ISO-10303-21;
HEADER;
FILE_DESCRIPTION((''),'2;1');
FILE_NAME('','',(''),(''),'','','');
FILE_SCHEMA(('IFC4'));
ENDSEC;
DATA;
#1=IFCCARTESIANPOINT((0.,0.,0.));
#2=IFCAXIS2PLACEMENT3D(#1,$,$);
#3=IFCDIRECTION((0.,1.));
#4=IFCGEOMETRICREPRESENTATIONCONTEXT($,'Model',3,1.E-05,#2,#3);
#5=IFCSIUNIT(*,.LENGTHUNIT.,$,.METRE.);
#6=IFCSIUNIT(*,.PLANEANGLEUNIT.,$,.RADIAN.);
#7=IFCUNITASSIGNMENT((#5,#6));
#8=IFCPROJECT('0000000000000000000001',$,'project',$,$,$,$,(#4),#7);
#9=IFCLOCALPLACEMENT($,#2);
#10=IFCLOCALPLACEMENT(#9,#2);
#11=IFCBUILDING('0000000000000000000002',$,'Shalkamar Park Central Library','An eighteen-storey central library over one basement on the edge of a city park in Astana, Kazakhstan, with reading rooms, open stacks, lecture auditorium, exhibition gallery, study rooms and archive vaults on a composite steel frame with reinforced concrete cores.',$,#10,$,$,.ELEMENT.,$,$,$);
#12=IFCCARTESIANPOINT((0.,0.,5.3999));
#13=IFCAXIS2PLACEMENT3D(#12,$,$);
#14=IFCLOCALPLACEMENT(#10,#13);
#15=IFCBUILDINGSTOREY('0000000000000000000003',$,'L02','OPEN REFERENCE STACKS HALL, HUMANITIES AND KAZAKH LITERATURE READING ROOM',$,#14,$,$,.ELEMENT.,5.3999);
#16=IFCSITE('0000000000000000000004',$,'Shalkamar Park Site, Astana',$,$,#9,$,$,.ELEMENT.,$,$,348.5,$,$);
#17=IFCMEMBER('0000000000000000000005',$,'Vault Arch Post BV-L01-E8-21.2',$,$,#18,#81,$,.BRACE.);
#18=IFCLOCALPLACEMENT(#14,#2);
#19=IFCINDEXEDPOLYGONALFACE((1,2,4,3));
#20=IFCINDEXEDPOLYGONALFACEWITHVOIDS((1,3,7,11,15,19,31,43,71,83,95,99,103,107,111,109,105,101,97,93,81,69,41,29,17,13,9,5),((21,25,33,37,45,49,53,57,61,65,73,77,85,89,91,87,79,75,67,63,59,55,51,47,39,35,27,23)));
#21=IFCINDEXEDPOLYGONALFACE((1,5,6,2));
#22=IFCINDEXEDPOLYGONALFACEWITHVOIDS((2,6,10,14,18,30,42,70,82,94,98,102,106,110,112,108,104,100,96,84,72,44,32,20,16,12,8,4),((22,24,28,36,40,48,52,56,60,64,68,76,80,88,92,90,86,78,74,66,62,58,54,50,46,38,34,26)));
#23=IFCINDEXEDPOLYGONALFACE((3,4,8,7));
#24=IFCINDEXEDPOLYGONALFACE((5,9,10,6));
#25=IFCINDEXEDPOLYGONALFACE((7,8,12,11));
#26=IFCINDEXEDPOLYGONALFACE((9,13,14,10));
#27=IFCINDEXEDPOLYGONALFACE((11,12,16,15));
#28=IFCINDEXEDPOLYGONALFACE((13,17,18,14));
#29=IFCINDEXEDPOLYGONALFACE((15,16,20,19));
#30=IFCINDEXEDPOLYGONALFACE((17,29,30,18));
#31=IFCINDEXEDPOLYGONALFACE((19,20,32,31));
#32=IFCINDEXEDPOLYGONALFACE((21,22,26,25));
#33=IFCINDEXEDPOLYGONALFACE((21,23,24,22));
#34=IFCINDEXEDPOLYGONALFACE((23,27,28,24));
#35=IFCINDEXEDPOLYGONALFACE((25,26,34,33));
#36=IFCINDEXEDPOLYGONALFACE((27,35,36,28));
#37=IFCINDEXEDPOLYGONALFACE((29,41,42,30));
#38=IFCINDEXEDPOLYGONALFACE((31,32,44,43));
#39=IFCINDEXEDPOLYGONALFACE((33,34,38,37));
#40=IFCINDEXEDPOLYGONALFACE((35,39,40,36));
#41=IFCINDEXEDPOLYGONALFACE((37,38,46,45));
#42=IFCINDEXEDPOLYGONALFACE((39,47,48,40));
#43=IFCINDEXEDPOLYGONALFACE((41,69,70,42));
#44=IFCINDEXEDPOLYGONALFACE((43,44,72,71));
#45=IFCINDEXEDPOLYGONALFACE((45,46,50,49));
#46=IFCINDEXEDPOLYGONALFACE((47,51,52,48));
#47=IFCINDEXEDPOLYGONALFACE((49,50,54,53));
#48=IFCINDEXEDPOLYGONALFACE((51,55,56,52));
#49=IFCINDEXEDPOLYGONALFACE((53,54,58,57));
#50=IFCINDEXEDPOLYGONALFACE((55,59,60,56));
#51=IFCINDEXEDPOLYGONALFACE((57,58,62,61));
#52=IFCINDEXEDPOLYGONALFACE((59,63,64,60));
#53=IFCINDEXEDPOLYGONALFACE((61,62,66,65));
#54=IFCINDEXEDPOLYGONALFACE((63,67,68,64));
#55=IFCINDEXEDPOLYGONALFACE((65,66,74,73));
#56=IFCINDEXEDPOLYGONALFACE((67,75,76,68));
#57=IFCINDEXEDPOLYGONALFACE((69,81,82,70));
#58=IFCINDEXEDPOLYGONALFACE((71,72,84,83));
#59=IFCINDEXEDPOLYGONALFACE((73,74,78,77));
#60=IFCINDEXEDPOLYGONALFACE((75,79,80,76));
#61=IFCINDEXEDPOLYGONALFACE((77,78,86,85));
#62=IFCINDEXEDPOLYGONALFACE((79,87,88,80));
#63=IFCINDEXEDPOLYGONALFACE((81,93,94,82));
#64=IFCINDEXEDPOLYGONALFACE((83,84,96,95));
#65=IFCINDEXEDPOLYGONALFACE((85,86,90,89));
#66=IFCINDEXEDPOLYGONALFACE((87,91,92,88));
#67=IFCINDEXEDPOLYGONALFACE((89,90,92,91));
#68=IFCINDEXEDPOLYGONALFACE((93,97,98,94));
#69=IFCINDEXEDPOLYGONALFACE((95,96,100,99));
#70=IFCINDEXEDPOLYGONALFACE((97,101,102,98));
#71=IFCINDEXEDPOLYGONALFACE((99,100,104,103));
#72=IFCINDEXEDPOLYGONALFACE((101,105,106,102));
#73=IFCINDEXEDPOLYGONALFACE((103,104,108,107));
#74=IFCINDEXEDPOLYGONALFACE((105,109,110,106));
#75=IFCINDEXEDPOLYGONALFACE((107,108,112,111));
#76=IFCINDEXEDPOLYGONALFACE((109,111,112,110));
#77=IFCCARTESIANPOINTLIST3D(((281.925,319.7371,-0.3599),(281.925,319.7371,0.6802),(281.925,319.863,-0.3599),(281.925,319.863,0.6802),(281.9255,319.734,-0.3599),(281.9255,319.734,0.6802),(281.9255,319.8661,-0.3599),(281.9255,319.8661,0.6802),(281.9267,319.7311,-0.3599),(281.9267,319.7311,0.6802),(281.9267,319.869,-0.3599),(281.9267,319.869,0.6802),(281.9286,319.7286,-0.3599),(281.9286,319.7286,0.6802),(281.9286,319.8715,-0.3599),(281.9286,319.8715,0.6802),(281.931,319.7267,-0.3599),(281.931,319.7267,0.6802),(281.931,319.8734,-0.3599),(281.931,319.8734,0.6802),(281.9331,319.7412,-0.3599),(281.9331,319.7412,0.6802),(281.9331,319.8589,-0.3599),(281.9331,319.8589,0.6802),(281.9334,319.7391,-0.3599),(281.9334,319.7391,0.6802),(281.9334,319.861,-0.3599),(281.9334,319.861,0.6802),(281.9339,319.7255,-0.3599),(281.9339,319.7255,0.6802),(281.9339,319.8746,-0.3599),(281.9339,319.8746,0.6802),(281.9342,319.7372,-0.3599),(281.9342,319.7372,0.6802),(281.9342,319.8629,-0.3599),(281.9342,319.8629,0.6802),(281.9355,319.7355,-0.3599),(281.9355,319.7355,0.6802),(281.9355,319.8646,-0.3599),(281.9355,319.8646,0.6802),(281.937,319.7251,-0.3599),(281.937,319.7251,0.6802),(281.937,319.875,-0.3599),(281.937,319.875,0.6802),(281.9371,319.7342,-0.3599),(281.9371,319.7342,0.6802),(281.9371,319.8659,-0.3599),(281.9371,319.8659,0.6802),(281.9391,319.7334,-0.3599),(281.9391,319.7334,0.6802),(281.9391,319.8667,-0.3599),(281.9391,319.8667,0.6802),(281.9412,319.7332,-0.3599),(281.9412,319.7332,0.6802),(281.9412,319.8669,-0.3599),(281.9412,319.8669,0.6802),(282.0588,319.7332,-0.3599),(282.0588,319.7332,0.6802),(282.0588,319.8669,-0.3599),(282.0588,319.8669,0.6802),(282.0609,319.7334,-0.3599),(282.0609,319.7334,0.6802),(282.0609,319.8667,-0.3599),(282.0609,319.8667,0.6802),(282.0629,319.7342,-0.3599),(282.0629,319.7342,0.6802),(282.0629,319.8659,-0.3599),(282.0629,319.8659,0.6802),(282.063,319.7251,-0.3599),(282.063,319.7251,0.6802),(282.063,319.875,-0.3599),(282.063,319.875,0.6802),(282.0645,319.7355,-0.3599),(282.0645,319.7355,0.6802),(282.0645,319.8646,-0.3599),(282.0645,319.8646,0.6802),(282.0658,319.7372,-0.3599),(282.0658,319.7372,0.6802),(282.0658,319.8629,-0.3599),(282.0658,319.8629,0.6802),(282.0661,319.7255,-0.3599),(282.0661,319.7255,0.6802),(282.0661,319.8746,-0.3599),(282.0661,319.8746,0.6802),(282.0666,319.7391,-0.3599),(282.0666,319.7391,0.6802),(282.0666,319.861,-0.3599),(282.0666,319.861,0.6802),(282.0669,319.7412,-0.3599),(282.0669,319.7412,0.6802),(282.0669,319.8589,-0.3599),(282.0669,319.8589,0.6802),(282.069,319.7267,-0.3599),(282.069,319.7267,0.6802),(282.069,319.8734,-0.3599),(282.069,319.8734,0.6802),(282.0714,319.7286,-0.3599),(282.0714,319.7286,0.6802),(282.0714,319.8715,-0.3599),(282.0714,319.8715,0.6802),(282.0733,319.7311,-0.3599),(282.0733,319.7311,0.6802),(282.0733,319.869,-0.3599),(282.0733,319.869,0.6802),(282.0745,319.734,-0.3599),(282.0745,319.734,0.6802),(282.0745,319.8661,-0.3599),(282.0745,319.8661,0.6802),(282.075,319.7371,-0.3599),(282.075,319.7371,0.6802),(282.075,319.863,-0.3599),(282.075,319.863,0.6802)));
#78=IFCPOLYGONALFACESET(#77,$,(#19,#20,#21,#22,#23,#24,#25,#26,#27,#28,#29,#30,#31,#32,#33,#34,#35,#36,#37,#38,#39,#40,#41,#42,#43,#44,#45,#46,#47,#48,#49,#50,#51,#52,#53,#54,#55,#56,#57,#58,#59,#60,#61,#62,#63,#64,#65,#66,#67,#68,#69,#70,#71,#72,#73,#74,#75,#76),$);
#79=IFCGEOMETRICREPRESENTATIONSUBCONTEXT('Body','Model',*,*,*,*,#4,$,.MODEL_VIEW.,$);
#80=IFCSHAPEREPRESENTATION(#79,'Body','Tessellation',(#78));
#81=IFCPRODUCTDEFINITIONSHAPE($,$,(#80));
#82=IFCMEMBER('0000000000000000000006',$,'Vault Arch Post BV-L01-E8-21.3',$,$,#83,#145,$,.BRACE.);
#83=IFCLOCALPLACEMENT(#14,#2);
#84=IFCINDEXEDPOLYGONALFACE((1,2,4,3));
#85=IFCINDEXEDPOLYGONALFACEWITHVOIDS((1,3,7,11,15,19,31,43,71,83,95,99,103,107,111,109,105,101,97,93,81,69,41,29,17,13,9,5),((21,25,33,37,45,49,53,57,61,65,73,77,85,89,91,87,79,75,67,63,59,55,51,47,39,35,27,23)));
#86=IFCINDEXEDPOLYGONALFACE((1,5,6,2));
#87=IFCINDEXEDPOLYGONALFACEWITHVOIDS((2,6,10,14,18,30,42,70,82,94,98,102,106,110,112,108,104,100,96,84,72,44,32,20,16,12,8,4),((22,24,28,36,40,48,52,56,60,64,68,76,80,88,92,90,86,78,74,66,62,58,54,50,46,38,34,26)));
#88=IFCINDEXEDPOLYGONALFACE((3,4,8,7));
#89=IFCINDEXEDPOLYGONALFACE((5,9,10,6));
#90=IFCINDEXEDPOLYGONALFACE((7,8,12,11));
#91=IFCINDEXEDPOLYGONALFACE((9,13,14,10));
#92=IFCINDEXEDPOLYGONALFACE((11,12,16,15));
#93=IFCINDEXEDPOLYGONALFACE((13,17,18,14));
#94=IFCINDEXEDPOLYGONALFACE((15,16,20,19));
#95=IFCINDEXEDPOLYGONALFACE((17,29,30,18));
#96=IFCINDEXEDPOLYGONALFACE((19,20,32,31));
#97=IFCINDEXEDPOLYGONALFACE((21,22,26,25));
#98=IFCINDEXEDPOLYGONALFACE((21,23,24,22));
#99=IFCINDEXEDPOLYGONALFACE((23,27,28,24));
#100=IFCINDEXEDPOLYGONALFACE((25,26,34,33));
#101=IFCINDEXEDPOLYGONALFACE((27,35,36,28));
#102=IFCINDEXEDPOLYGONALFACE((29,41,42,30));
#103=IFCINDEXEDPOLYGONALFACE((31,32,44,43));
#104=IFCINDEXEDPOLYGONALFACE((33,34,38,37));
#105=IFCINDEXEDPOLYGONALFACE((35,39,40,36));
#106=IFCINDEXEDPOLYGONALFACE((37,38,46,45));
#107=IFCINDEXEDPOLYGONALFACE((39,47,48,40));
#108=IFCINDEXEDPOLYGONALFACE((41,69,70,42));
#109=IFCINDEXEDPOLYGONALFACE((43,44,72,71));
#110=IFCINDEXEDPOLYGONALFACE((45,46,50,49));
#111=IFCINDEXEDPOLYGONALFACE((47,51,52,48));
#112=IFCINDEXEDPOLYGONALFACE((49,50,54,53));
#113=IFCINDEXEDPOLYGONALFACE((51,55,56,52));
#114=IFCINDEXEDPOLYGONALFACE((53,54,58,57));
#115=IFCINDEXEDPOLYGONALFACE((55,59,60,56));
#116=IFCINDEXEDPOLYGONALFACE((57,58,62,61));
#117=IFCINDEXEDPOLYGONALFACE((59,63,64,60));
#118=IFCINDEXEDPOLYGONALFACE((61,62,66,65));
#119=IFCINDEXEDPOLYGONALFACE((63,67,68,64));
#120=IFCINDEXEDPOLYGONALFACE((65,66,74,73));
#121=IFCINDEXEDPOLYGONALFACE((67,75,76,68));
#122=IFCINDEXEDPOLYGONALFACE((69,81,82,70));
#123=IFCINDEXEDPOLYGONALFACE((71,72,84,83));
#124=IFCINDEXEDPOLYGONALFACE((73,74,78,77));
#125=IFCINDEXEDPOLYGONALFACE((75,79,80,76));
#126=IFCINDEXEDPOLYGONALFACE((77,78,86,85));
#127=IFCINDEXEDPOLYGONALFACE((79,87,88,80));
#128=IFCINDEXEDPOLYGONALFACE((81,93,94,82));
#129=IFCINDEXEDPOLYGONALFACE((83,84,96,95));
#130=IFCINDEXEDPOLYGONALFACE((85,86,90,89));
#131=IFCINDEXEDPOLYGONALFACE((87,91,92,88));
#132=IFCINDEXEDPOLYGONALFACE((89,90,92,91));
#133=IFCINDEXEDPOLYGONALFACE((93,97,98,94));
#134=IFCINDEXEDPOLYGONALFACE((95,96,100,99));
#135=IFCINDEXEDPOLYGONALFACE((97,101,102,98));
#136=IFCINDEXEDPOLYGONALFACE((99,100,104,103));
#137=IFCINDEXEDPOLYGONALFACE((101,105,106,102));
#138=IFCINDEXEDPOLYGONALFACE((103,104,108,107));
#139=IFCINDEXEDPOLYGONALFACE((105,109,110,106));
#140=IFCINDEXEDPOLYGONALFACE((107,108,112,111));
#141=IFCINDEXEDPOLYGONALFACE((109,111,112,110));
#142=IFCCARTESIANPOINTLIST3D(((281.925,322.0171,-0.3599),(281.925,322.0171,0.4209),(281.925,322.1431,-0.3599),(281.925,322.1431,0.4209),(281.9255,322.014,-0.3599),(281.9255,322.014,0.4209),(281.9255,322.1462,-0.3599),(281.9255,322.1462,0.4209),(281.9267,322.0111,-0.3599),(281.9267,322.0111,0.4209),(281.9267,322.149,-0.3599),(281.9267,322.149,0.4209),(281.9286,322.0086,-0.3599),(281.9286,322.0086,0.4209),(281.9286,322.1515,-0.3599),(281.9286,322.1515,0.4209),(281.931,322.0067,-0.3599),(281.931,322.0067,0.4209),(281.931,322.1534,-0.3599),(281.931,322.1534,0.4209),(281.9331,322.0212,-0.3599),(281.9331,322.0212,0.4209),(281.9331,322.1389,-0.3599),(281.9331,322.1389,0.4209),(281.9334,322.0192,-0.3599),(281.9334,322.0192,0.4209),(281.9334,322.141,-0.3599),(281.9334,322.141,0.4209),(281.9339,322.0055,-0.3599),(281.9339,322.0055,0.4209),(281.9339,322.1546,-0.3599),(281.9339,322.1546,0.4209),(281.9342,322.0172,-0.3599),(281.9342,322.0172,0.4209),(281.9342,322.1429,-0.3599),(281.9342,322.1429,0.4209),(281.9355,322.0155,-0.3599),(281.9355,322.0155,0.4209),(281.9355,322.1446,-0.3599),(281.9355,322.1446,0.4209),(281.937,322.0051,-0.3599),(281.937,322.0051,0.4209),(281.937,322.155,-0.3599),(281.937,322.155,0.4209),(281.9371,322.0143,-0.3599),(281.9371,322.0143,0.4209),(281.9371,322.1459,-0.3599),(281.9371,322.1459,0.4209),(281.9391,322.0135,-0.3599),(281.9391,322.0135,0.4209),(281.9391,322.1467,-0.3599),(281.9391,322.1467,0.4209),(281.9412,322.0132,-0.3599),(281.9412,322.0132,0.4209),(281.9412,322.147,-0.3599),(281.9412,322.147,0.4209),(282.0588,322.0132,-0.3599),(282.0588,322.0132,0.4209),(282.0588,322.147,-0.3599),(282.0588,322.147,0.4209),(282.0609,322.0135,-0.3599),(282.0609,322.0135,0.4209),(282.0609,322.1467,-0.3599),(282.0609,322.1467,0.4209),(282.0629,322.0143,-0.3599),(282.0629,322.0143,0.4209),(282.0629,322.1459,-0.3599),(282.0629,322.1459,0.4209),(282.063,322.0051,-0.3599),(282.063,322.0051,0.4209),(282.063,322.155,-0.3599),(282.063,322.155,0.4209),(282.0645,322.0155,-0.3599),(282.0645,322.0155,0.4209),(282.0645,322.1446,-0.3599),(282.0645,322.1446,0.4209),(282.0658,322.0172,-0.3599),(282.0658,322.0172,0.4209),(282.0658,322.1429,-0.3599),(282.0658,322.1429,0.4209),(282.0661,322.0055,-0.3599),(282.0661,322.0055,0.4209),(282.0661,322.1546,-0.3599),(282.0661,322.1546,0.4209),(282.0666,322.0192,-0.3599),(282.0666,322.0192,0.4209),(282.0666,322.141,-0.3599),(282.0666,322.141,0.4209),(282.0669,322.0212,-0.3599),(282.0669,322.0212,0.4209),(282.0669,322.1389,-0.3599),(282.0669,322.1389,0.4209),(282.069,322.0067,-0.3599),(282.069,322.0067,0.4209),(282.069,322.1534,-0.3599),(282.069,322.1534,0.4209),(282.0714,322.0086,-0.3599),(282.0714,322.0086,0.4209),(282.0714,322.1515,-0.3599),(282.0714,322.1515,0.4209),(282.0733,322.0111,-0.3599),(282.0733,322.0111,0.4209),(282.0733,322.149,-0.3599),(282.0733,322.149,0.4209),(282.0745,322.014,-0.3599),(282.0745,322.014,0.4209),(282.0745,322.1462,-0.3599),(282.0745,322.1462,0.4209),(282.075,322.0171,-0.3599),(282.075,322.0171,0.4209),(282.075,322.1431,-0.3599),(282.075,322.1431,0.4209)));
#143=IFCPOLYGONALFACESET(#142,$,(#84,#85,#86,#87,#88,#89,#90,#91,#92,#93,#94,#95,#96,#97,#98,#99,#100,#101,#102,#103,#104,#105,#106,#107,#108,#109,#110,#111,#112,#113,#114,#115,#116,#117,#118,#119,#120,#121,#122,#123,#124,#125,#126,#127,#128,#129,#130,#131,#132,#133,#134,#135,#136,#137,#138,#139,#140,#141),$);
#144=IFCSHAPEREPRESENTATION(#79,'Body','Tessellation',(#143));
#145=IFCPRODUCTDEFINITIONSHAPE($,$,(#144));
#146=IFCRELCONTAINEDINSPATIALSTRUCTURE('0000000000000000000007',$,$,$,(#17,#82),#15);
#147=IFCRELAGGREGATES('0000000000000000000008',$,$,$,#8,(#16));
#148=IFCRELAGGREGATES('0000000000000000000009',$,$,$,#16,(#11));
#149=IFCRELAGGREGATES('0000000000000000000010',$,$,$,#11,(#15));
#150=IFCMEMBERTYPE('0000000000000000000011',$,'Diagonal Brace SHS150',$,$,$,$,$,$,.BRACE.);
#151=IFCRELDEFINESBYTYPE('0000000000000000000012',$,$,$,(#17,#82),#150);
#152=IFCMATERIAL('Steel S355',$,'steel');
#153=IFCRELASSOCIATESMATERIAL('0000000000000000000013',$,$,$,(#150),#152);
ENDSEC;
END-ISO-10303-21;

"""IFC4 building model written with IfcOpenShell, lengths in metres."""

from ifc_helpers import new_model, si_unit, direction, frame, origin, origin_2d, place, context, subcontext, project, spatial, hollow_rectangle, extrude, material, material_profile, profile_set, type_object, element, save


model = new_model("IFC4")

# Units and contexts
model_context = context("Model", 3, precision=1e-05, world=origin(), true_north=direction((0.0, 1.0)))
body_context = subcontext(model_context, "Body", "Model", "MODEL_VIEW")
ifc_project = project(units=[si_unit("LENGTHUNIT", "METRE"), si_unit("PLANEANGLEUNIT", "RADIAN")], contexts=[model_context])

# Site, building, storey
site_placement = place(None, origin())
site = spatial("IfcSite", under=ifc_project, at=site_placement, Name="Shalkamar Park Site, Astana", CompositionType="ELEMENT", RefElevation=348.5)
building_placement = place(site_placement, origin())
building = spatial("IfcBuilding", under=site, at=building_placement, Name="Shalkamar Park Central Library", Description="An eighteen-storey central library over one basement on the edge of a city park in Astana, Kazakhstan, with reading rooms, open stacks, lecture auditorium, exhibition gallery, study rooms and archive vaults on a composite steel frame with reinforced concrete cores.", CompositionType="ELEMENT")
storey_placement = place(building_placement, frame((0.0, 0.0, 5.3999)))
storey = spatial("IfcBuildingStorey", under=building, at=storey_placement, Name="L02", Description="OPEN REFERENCE STACKS HALL, HUMANITIES AND KAZAKH LITERATURE READING ROOM", CompositionType="ELEMENT", Elevation=5.3999)

# Shared definitions
ifc_material_1 = material(Name="Steel S355", Category="steel")

# Members
ifc_material_profile_1 = material_profile(ifc_material_1, hollow_rectangle(XDim=0.1499, YDim=0.1499, WallThickness=0.0081, InnerFilletRadius=0.0081, OuterFilletRadius=0.012, at=origin_2d()), Name="SHS 150x150x8")
ifc_profile_set_1 = profile_set([ifc_material_profile_1], Name="Steel S355")
member_type_1 = type_object("IfcMemberType", Name="Diagonal Brace SHS150", PredefinedType="BRACE", material=ifc_profile_set_1)
member_1_placement = place(storey_placement, frame((282.0, 319.8, -0.3599), z_axis=(0.0, 0.0, 1.0), x_axis=(1.0, 0.0, 0.0)))
element("IfcMember", 1, at=member_1_placement, inside=storey, type_object=member_type_1, Name="Vault Arch Post BV-L01-E8-21.2", PredefinedType="BRACE", context=body_context, shape_type="SweptSolid", body=[
    extrude(hollow_rectangle(XDim=0.1499, YDim=0.1499, WallThickness=0.0081, InnerFilletRadius=0.0081, OuterFilletRadius=0.012, at=origin_2d()), origin(), (0.0, 0.0, 1.0), 1.04),
])
member_2_placement = place(storey_placement, frame((282.0, 322.0801, -0.3599), z_axis=(0.0, 0.0, 1.0), x_axis=(1.0, 0.0, 0.0)))
element("IfcMember", 2, at=member_2_placement, inside=storey, type_object=member_type_1, Name="Vault Arch Post BV-L01-E8-21.3", PredefinedType="BRACE", context=body_context, shape_type="SweptSolid", body=[
    extrude(hollow_rectangle(XDim=0.1499, YDim=0.1499, WallThickness=0.0081, InnerFilletRadius=0.0081, OuterFilletRadius=0.012, at=origin_2d()), origin(), (0.0, 0.0, 1.0), 0.7808),
])

save(model, "model.ifc")
